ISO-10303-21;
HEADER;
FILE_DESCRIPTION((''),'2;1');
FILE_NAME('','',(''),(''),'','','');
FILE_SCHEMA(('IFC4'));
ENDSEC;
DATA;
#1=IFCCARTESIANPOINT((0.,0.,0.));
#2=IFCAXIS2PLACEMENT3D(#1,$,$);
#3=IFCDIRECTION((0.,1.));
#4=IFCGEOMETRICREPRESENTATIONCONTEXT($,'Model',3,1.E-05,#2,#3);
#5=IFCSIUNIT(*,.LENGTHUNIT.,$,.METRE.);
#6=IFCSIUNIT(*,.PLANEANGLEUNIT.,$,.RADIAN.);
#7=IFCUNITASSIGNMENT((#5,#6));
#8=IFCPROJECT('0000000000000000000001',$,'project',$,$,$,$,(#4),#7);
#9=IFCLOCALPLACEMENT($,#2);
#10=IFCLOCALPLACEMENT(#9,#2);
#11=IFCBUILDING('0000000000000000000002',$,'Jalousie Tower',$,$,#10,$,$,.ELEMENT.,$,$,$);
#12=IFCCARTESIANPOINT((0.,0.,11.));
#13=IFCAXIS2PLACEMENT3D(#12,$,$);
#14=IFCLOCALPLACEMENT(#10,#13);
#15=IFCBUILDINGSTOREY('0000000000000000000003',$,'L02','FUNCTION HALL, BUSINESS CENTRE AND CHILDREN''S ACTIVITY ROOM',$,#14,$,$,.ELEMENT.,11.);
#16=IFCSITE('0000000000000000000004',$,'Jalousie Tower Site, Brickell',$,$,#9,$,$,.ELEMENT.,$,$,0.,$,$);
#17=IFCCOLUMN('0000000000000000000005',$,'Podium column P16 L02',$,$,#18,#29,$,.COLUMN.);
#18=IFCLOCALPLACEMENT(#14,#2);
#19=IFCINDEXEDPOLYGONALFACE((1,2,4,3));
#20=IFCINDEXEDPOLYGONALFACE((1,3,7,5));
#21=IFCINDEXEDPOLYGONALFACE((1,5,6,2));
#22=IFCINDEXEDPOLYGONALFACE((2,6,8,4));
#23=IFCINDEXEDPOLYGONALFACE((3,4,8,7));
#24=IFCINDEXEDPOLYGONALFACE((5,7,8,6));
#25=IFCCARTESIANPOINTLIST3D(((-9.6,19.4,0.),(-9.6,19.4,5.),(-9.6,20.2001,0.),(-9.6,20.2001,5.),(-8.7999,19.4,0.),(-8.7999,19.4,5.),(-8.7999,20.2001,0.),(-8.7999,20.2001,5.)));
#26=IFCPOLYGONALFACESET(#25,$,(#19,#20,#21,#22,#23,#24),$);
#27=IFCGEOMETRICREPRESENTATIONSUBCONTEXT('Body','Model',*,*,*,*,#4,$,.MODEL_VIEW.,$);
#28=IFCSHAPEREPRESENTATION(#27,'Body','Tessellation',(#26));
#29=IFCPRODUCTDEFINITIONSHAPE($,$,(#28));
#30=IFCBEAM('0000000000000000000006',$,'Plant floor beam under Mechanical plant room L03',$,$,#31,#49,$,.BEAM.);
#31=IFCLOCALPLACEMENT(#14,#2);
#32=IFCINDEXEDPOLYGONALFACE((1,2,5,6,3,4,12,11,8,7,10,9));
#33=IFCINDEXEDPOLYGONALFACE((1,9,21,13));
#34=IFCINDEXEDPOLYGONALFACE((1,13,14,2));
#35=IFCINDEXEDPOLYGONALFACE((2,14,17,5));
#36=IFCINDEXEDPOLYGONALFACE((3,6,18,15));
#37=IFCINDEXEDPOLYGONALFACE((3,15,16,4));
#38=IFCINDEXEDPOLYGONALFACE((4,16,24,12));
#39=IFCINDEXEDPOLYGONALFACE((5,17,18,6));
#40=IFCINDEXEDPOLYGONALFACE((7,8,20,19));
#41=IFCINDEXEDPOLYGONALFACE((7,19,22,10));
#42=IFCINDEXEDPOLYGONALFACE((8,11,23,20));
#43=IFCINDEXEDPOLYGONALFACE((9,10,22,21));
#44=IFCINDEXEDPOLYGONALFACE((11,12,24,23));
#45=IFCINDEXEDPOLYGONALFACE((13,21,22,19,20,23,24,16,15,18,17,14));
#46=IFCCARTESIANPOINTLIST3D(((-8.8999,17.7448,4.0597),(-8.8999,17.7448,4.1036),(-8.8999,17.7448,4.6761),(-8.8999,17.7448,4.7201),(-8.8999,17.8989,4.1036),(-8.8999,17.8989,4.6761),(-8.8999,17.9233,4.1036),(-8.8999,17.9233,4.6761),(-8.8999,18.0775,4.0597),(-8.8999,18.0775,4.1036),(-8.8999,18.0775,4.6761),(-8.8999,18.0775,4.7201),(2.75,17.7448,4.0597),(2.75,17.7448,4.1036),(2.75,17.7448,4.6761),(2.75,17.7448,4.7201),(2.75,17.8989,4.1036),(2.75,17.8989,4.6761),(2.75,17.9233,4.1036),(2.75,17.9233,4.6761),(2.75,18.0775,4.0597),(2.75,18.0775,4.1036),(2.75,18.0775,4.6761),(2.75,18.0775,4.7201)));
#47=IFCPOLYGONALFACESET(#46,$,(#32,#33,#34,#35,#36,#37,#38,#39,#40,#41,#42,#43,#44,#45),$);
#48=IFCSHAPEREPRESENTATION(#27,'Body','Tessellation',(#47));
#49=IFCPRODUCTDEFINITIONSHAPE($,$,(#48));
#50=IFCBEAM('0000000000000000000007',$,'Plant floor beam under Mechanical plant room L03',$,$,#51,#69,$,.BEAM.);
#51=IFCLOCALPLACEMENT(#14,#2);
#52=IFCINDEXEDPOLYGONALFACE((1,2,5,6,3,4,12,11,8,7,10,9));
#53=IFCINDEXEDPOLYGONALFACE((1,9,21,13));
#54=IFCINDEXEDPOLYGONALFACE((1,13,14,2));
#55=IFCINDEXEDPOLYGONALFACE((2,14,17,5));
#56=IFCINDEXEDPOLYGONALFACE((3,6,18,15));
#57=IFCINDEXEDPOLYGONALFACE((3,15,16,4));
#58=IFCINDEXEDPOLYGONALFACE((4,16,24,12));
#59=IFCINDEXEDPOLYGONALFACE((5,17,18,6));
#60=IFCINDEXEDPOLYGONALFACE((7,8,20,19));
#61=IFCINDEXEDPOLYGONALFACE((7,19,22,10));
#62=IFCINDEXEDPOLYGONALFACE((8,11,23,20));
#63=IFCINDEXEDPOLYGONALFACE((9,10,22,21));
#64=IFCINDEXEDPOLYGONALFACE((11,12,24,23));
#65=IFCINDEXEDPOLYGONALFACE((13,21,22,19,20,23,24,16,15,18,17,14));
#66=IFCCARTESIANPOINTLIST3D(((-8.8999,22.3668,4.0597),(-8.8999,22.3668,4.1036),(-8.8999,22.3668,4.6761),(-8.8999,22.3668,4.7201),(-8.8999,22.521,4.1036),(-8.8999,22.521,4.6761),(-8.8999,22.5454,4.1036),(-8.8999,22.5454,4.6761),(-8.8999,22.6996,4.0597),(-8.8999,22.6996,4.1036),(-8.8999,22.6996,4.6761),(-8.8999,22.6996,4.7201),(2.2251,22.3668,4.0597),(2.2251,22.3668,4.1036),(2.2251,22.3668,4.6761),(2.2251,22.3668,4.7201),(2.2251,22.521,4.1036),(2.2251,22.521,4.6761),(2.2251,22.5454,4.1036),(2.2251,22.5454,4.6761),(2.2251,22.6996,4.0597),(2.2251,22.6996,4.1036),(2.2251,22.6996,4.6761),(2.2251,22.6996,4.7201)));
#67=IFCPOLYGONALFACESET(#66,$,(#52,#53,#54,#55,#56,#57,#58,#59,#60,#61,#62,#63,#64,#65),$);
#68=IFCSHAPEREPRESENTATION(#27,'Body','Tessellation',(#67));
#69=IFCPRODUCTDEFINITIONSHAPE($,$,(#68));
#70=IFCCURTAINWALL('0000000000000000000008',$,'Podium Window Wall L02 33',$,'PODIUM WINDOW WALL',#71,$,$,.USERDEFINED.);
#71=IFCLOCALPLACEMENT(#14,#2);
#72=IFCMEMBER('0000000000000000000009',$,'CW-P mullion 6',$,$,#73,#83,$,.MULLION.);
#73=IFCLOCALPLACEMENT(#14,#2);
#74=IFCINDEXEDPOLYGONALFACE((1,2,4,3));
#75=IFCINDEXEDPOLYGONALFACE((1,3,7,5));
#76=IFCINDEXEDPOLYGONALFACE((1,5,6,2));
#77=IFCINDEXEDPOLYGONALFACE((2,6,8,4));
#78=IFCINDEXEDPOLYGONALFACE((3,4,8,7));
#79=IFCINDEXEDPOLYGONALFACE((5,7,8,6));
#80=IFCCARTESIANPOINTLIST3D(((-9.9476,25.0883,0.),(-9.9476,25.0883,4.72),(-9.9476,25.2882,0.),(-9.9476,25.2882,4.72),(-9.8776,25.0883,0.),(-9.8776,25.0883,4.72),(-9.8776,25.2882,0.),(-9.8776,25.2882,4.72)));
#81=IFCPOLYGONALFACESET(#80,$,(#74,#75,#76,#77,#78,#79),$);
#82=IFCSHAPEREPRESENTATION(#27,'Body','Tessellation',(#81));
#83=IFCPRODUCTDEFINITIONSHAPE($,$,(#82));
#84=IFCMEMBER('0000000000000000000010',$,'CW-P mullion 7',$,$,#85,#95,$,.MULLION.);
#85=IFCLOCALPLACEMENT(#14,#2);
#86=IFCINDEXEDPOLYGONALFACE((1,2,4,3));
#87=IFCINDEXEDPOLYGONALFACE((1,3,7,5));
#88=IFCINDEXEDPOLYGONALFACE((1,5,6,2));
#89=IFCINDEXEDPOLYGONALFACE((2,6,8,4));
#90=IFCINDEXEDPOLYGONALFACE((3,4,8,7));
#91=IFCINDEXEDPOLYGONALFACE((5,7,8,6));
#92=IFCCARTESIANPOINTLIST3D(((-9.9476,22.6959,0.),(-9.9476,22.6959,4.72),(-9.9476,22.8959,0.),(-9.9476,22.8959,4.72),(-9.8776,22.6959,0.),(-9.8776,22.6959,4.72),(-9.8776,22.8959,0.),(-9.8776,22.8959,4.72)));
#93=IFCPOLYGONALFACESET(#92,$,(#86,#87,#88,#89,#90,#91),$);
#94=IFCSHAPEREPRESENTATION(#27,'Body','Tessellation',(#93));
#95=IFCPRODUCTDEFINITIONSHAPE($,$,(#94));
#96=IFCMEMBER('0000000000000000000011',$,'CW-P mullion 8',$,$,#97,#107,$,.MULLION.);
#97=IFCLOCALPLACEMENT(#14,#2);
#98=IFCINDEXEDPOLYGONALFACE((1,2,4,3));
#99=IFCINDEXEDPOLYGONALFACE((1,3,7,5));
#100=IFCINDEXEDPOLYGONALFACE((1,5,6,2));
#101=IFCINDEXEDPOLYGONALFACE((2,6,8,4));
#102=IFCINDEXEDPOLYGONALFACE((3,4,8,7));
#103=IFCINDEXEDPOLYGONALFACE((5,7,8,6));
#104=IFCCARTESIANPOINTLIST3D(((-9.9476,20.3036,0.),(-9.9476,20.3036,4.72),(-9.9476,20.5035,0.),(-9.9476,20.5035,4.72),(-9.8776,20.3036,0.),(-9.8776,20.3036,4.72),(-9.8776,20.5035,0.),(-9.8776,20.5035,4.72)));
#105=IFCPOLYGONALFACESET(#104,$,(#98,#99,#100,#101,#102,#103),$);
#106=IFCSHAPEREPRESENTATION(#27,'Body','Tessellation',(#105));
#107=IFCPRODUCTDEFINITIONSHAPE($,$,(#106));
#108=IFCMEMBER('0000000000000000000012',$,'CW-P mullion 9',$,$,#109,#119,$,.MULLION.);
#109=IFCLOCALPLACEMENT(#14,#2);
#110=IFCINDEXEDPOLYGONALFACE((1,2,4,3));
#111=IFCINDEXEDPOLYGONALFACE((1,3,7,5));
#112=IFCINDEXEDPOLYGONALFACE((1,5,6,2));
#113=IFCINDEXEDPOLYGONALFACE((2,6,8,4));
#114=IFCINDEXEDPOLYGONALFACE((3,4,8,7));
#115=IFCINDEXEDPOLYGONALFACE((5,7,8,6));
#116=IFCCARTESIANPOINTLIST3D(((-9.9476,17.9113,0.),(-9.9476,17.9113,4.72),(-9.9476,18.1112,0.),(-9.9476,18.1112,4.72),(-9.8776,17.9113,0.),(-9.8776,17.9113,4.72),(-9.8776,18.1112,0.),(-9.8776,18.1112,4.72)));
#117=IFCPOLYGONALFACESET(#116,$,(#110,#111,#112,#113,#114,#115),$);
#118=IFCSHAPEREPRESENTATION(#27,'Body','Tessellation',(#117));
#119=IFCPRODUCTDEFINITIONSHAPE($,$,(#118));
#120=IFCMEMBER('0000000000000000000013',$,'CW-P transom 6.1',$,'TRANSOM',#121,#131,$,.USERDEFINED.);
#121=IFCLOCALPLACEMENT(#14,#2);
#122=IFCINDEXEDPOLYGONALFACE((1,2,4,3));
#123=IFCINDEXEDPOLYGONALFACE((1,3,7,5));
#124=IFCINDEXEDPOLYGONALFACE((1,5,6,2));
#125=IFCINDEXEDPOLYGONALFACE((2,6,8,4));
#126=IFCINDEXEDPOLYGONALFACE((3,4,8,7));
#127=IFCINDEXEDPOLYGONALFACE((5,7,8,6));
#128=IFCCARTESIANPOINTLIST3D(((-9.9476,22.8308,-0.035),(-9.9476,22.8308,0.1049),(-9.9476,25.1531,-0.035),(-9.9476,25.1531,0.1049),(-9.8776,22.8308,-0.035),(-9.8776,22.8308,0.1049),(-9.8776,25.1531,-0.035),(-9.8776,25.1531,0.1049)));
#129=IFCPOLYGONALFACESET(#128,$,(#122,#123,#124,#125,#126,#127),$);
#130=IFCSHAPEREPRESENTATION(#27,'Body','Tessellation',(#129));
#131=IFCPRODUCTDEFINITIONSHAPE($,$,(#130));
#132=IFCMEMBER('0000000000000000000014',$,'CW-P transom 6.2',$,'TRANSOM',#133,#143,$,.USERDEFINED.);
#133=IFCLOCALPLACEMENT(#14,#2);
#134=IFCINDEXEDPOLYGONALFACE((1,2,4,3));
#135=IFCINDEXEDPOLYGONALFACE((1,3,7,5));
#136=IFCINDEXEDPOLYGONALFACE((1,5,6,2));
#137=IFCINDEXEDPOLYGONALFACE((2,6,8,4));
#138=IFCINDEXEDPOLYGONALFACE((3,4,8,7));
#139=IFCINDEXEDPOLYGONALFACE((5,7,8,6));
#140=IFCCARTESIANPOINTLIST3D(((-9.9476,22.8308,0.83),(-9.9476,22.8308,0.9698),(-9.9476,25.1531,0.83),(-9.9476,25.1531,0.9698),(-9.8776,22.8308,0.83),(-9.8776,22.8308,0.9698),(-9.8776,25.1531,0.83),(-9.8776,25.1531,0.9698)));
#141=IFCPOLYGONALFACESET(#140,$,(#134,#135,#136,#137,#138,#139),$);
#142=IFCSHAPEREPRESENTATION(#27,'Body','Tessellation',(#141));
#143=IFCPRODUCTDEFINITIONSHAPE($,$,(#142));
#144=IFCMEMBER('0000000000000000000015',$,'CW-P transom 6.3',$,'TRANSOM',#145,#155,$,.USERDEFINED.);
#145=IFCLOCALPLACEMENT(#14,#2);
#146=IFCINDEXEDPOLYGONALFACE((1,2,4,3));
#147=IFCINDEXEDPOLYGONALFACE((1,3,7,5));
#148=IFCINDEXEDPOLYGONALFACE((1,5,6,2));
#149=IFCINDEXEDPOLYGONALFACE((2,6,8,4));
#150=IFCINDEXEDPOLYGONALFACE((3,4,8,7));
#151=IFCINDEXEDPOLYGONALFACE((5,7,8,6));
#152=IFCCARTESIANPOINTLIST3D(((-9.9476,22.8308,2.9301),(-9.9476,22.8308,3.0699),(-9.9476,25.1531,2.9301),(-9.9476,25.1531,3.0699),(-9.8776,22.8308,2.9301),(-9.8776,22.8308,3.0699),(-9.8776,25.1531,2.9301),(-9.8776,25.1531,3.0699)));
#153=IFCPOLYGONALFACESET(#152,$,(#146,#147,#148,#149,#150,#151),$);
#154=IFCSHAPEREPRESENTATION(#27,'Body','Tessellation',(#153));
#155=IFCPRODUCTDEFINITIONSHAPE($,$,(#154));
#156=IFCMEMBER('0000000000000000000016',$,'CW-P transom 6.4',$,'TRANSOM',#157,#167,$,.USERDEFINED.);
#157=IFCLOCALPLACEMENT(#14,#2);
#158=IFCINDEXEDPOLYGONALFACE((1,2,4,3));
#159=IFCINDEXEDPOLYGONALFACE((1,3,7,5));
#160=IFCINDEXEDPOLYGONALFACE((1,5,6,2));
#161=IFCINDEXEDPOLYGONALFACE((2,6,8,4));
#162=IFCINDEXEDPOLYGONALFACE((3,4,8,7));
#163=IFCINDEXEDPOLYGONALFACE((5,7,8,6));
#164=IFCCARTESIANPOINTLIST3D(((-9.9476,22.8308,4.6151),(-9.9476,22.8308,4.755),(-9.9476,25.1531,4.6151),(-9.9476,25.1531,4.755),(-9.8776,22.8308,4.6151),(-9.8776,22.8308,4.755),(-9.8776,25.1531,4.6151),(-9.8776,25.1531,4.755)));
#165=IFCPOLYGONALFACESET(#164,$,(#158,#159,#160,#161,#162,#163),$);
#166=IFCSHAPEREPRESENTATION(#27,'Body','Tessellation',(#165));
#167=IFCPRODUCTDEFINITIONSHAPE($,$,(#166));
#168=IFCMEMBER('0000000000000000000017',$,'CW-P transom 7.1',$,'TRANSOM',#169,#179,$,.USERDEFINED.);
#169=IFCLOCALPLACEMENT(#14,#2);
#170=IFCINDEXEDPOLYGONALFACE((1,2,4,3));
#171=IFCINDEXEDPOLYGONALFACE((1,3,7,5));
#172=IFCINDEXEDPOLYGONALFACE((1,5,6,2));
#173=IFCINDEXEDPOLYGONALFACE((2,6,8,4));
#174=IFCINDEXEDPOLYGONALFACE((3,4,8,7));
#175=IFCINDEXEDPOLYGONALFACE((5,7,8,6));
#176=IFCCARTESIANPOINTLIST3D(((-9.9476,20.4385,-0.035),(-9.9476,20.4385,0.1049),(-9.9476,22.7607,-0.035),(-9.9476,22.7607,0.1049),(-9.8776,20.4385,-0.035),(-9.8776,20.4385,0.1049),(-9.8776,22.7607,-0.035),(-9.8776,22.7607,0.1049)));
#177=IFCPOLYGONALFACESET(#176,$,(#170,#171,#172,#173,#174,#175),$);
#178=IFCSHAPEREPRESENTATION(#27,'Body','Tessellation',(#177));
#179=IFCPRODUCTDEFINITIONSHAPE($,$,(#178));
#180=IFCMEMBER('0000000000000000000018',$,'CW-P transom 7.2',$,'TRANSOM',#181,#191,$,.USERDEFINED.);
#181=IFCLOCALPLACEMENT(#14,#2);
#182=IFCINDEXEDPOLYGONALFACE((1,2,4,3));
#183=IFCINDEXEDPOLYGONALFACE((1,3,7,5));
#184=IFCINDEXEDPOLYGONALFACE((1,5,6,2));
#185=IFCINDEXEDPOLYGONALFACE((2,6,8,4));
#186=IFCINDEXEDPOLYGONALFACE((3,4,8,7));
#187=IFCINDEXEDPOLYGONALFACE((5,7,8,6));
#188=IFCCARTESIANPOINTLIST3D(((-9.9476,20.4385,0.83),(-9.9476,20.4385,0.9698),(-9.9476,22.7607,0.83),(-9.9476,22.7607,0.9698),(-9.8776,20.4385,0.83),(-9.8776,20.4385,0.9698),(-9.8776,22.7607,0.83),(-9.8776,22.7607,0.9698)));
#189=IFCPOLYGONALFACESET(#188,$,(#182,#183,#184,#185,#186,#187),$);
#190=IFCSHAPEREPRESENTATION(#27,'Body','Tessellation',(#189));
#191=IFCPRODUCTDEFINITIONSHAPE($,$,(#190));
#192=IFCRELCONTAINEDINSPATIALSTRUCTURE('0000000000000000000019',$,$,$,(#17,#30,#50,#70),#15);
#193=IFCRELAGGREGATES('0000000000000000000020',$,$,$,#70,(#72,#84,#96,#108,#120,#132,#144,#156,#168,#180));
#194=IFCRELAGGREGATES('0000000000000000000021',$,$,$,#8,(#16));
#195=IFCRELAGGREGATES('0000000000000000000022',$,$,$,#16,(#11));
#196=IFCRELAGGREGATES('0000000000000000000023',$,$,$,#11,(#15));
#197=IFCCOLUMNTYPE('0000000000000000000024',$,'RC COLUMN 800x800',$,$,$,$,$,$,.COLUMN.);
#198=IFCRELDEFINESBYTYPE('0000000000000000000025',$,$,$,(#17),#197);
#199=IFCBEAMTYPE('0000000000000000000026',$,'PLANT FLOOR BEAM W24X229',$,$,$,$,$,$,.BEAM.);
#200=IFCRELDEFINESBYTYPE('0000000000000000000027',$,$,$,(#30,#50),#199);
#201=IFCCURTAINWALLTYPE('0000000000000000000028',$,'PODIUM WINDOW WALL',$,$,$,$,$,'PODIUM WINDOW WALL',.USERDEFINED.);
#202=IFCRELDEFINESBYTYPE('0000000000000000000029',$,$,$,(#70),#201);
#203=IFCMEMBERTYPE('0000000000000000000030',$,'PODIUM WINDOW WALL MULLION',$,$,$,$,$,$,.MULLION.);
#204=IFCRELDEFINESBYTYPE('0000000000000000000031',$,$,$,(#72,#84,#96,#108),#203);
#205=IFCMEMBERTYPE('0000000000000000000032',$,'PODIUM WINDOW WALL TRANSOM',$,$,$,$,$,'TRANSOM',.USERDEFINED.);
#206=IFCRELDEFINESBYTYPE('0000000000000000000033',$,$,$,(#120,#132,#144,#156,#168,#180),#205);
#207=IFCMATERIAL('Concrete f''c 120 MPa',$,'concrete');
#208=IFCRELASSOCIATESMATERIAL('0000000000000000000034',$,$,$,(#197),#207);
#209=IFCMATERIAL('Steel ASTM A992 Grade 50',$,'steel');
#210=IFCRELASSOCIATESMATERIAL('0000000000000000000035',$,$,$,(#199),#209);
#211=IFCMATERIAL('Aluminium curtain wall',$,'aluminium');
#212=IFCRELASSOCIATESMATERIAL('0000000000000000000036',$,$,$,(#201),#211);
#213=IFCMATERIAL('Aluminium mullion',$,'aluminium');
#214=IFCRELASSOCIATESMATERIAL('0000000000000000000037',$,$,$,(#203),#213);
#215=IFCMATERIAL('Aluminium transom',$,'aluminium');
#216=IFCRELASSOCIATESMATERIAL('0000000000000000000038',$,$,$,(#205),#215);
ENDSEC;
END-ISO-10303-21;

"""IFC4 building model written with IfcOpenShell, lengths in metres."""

from ifc_helpers import new_model, si_unit, direction, frame, origin, origin_2d, place, context, subcontext, project, spatial, rectangle, i_section, extrude, material, material_profile, profile_set, type_object, element, aggregate, save


model = new_model("IFC4")

# Units and contexts
model_context = context("Model", 3, precision=1e-05, world=origin(), true_north=direction((0.0, 1.0)))
body_context = subcontext(model_context, "Body", "Model", "MODEL_VIEW")
ifc_project = project(units=[si_unit("LENGTHUNIT", "METRE"), si_unit("PLANEANGLEUNIT", "RADIAN")], contexts=[model_context])

# Site, building, storey
site_placement = place(None, origin())
site = spatial("IfcSite", under=ifc_project, at=site_placement, Name="Jalousie Tower Site, Brickell", CompositionType="ELEMENT", RefElevation=0.0)
building_placement = place(site_placement, origin())
building = spatial("IfcBuilding", under=site, at=building_placement, Name="Jalousie Tower", CompositionType="ELEMENT")
storey_placement = place(building_placement, frame((0.0, 0.0, 11.0)))
storey = spatial("IfcBuildingStorey", under=building, at=storey_placement, Name="L02", Description="FUNCTION HALL, BUSINESS CENTRE AND CHILDREN'S ACTIVITY ROOM", CompositionType="ELEMENT", Elevation=11.0)

# Column
ifc_material_1 = material(Name="Concrete f'c 120 MPa", Category="concrete")
ifc_material_profile_1 = material_profile(ifc_material_1, rectangle(XDim=0.8, YDim=0.8, at=origin_2d()), Name="RC 800x800")
ifc_profile_set_1 = profile_set([ifc_material_profile_1], Name="Concrete f'c 120 MPa")
column_type = type_object("IfcColumnType", Name="RC COLUMN 800x800", PredefinedType="COLUMN", material=ifc_profile_set_1)
column_placement = place(storey_placement, frame((-9.2, 19.8, 0.0), z_axis=(0.0, 0.0, 1.0), x_axis=(1.0, 0.0, 0.0)))
element("IfcColumn", 1, at=column_placement, inside=storey, type_object=column_type, Name="Podium column P16 L02", PredefinedType="COLUMN", context=body_context, shape_type="SweptSolid", body=[
    extrude(rectangle(XDim=0.8, YDim=0.8, at=origin_2d()), origin(), (0.0, 0.0, 1.0), 5.0),
])

# Beams
ifc_material_2 = material(Name="Steel ASTM A992 Grade 50", Category="steel")
ifc_material_profile_2 = material_profile(ifc_material_2, i_section(OverallWidth=0.3328, OverallDepth=0.6604, WebThickness=0.0244, FlangeThickness=0.0439, at=origin_2d()), Name="W24X229")
ifc_profile_set_2 = profile_set([ifc_material_profile_2], Name="Steel ASTM A992 Grade 50")
beam_type_1 = type_object("IfcBeamType", Name="PLANT FLOOR BEAM W24X229", PredefinedType="BEAM", material=ifc_profile_set_2)
beam_1_placement = place(storey_placement, frame((-8.8999, 17.9111, 4.3899), z_axis=(1.0, 0.0, 0.0), x_axis=(0.0, 1.0, 0.0)))
element("IfcBeam", 2, at=beam_1_placement, inside=storey, type_object=beam_type_1, Name="Plant floor beam under Mechanical plant room L03", PredefinedType="BEAM", context=body_context, shape_type="SweptSolid", body=[
    extrude(i_section(OverallWidth=0.3328, OverallDepth=0.6604, WebThickness=0.0244, FlangeThickness=0.0439, at=origin_2d()), origin(), (0.0, 0.0, 1.0), 11.6499),
])
beam_2_placement = place(storey_placement, frame((-8.8999, 22.5332, 4.3899), z_axis=(1.0, 0.0, 0.0), x_axis=(0.0, 1.0, 0.0)))
element("IfcBeam", 3, at=beam_2_placement, inside=storey, type_object=beam_type_1, Name="Plant floor beam under Mechanical plant room L03", PredefinedType="BEAM", context=body_context, shape_type="SweptSolid", body=[
    extrude(i_section(OverallWidth=0.3328, OverallDepth=0.6604, WebThickness=0.0244, FlangeThickness=0.0439, at=origin_2d()), origin(), (0.0, 0.0, 1.0), 11.125),
])

# Curtain wall, members
ifc_material_3 = material(Name="Aluminium curtain wall", Category="aluminium")
curtain_wall_type = type_object("IfcCurtainWallType", Name="PODIUM WINDOW WALL", ElementType="PODIUM WINDOW WALL", PredefinedType="USERDEFINED", material=ifc_material_3)
curtain_wall_placement = place(storey_placement, origin())
curtain_wall = element("IfcCurtainWall", 4, at=curtain_wall_placement, inside=storey, type_object=curtain_wall_type, Name="Podium Window Wall L02 33", ObjectType="PODIUM WINDOW WALL", PredefinedType="USERDEFINED")
ifc_material_4 = material(Name="Aluminium mullion", Category="aluminium")
ifc_material_profile_3 = material_profile(ifc_material_4, rectangle(XDim=0.0701, YDim=0.2, at=origin_2d()), Name="MULLION 70x200")
ifc_profile_set_3 = profile_set([ifc_material_profile_3], Name="Aluminium mullion")
member_type_1 = type_object("IfcMemberType", Name="PODIUM WINDOW WALL MULLION", PredefinedType="MULLION", material=ifc_profile_set_3)
member_1_placement = place(storey_placement, frame((-9.9126, 25.1882, 0.0), z_axis=(0.0, 0.0, 1.0), x_axis=(1.0, 0.0, 0.0)))
member_1 = element("IfcMember", 5, at=member_1_placement, type_object=member_type_1, Name="CW-P mullion 6", PredefinedType="MULLION", context=body_context, shape_type="SweptSolid", body=[
    extrude(rectangle(XDim=0.0701, YDim=0.2, at=origin_2d()), origin(), (0.0, 0.0, 1.0), 4.72),
])
member_2_placement = place(storey_placement, frame((-9.9126, 22.7959, 0.0), z_axis=(0.0, 0.0, 1.0), x_axis=(1.0, 0.0, 0.0)))
member_2 = element("IfcMember", 6, at=member_2_placement, type_object=member_type_1, Name="CW-P mullion 7", PredefinedType="MULLION", context=body_context, shape_type="SweptSolid", body=[
    extrude(rectangle(XDim=0.0701, YDim=0.2, at=origin_2d()), origin(), (0.0, 0.0, 1.0), 4.72),
])
member_3_placement = place(storey_placement, frame((-9.9126, 20.4036, 0.0), z_axis=(0.0, 0.0, 1.0), x_axis=(1.0, 0.0, 0.0)))
member_3 = element("IfcMember", 7, at=member_3_placement, type_object=member_type_1, Name="CW-P mullion 8", PredefinedType="MULLION", context=body_context, shape_type="SweptSolid", body=[
    extrude(rectangle(XDim=0.0701, YDim=0.2, at=origin_2d()), origin(), (0.0, 0.0, 1.0), 4.72),
])
member_4_placement = place(storey_placement, frame((-9.9126, 18.0112, 0.0), z_axis=(0.0, 0.0, 1.0), x_axis=(1.0, 0.0, 0.0)))
member_4 = element("IfcMember", 8, at=member_4_placement, type_object=member_type_1, Name="CW-P mullion 9", PredefinedType="MULLION", context=body_context, shape_type="SweptSolid", body=[
    extrude(rectangle(XDim=0.0701, YDim=0.2, at=origin_2d()), origin(), (0.0, 0.0, 1.0), 4.72),
])
ifc_material_5 = material(Name="Aluminium transom", Category="aluminium")
ifc_material_profile_4 = material_profile(ifc_material_5, rectangle(XDim=0.0701, YDim=0.1399, at=origin_2d()), Name="TRANSOM 70x140")
ifc_profile_set_4 = profile_set([ifc_material_profile_4], Name="Aluminium transom")
member_type_2 = type_object("IfcMemberType", Name="PODIUM WINDOW WALL TRANSOM", ElementType="TRANSOM", PredefinedType="USERDEFINED", material=ifc_profile_set_4)
member_5_placement = place(storey_placement, frame((-9.9126, 25.1531, 0.0349), z_axis=(0.0, -1.0, 0.0), x_axis=(1.0, 0.0, 0.0)))
member_5 = element("IfcMember", 9, at=member_5_placement, type_object=member_type_2, Name="CW-P transom 6.1", ObjectType="TRANSOM", PredefinedType="USERDEFINED", context=body_context, shape_type="SweptSolid", body=[
    extrude(rectangle(XDim=0.0701, YDim=0.1399, at=origin_2d()), origin(), (0.0, 0.0, 1.0), 2.3223),
])
member_6_placement = place(storey_placement, frame((-9.9126, 25.1531, 0.8999), z_axis=(0.0, -1.0, 0.0), x_axis=(1.0, 0.0, 0.0)))
member_6 = element("IfcMember", 10, at=member_6_placement, type_object=member_type_2, Name="CW-P transom 6.2", ObjectType="TRANSOM", PredefinedType="USERDEFINED", context=body_context, shape_type="SweptSolid", body=[
    extrude(rectangle(XDim=0.0701, YDim=0.1399, at=origin_2d()), origin(), (0.0, 0.0, 1.0), 2.3223),
])
member_7_placement = place(storey_placement, frame((-9.9126, 25.1531, 3.0), z_axis=(0.0, -1.0, 0.0), x_axis=(1.0, 0.0, 0.0)))
member_7 = element("IfcMember", 11, at=member_7_placement, type_object=member_type_2, Name="CW-P transom 6.3", ObjectType="TRANSOM", PredefinedType="USERDEFINED", context=body_context, shape_type="SweptSolid", body=[
    extrude(rectangle(XDim=0.0701, YDim=0.1399, at=origin_2d()), origin(), (0.0, 0.0, 1.0), 2.3223),
])
member_8_placement = place(storey_placement, frame((-9.9126, 25.1531, 4.6851), z_axis=(0.0, -1.0, 0.0), x_axis=(1.0, 0.0, 0.0)))
member_8 = element("IfcMember", 12, at=member_8_placement, type_object=member_type_2, Name="CW-P transom 6.4", ObjectType="TRANSOM", PredefinedType="USERDEFINED", context=body_context, shape_type="SweptSolid", body=[
    extrude(rectangle(XDim=0.0701, YDim=0.1399, at=origin_2d()), origin(), (0.0, 0.0, 1.0), 2.3223),
])
member_9_placement = place(storey_placement, frame((-9.9126, 22.7607, 0.0349), z_axis=(0.0, -1.0, 0.0), x_axis=(1.0, 0.0, 0.0)))
member_9 = element("IfcMember", 13, at=member_9_placement, type_object=member_type_2, Name="CW-P transom 7.1", ObjectType="TRANSOM", PredefinedType="USERDEFINED", context=body_context, shape_type="SweptSolid", body=[
    extrude(rectangle(XDim=0.0701, YDim=0.1399, at=origin_2d()), origin(), (0.0, 0.0, 1.0), 2.3223),
])
member_10_placement = place(storey_placement, frame((-9.9126, 22.7607, 0.8999), z_axis=(0.0, -1.0, 0.0), x_axis=(1.0, 0.0, 0.0)))
member_10 = element("IfcMember", 14, at=member_10_placement, type_object=member_type_2, Name="CW-P transom 7.2", ObjectType="TRANSOM", PredefinedType="USERDEFINED", context=body_context, shape_type="SweptSolid", body=[
    extrude(rectangle(XDim=0.0701, YDim=0.1399, at=origin_2d()), origin(), (0.0, 0.0, 1.0), 2.3223),
])

aggregate(curtain_wall, [member_1, member_2, member_3, member_4, member_5, member_6, member_7, member_8, member_9, member_10])

save(model, "model.ifc")
